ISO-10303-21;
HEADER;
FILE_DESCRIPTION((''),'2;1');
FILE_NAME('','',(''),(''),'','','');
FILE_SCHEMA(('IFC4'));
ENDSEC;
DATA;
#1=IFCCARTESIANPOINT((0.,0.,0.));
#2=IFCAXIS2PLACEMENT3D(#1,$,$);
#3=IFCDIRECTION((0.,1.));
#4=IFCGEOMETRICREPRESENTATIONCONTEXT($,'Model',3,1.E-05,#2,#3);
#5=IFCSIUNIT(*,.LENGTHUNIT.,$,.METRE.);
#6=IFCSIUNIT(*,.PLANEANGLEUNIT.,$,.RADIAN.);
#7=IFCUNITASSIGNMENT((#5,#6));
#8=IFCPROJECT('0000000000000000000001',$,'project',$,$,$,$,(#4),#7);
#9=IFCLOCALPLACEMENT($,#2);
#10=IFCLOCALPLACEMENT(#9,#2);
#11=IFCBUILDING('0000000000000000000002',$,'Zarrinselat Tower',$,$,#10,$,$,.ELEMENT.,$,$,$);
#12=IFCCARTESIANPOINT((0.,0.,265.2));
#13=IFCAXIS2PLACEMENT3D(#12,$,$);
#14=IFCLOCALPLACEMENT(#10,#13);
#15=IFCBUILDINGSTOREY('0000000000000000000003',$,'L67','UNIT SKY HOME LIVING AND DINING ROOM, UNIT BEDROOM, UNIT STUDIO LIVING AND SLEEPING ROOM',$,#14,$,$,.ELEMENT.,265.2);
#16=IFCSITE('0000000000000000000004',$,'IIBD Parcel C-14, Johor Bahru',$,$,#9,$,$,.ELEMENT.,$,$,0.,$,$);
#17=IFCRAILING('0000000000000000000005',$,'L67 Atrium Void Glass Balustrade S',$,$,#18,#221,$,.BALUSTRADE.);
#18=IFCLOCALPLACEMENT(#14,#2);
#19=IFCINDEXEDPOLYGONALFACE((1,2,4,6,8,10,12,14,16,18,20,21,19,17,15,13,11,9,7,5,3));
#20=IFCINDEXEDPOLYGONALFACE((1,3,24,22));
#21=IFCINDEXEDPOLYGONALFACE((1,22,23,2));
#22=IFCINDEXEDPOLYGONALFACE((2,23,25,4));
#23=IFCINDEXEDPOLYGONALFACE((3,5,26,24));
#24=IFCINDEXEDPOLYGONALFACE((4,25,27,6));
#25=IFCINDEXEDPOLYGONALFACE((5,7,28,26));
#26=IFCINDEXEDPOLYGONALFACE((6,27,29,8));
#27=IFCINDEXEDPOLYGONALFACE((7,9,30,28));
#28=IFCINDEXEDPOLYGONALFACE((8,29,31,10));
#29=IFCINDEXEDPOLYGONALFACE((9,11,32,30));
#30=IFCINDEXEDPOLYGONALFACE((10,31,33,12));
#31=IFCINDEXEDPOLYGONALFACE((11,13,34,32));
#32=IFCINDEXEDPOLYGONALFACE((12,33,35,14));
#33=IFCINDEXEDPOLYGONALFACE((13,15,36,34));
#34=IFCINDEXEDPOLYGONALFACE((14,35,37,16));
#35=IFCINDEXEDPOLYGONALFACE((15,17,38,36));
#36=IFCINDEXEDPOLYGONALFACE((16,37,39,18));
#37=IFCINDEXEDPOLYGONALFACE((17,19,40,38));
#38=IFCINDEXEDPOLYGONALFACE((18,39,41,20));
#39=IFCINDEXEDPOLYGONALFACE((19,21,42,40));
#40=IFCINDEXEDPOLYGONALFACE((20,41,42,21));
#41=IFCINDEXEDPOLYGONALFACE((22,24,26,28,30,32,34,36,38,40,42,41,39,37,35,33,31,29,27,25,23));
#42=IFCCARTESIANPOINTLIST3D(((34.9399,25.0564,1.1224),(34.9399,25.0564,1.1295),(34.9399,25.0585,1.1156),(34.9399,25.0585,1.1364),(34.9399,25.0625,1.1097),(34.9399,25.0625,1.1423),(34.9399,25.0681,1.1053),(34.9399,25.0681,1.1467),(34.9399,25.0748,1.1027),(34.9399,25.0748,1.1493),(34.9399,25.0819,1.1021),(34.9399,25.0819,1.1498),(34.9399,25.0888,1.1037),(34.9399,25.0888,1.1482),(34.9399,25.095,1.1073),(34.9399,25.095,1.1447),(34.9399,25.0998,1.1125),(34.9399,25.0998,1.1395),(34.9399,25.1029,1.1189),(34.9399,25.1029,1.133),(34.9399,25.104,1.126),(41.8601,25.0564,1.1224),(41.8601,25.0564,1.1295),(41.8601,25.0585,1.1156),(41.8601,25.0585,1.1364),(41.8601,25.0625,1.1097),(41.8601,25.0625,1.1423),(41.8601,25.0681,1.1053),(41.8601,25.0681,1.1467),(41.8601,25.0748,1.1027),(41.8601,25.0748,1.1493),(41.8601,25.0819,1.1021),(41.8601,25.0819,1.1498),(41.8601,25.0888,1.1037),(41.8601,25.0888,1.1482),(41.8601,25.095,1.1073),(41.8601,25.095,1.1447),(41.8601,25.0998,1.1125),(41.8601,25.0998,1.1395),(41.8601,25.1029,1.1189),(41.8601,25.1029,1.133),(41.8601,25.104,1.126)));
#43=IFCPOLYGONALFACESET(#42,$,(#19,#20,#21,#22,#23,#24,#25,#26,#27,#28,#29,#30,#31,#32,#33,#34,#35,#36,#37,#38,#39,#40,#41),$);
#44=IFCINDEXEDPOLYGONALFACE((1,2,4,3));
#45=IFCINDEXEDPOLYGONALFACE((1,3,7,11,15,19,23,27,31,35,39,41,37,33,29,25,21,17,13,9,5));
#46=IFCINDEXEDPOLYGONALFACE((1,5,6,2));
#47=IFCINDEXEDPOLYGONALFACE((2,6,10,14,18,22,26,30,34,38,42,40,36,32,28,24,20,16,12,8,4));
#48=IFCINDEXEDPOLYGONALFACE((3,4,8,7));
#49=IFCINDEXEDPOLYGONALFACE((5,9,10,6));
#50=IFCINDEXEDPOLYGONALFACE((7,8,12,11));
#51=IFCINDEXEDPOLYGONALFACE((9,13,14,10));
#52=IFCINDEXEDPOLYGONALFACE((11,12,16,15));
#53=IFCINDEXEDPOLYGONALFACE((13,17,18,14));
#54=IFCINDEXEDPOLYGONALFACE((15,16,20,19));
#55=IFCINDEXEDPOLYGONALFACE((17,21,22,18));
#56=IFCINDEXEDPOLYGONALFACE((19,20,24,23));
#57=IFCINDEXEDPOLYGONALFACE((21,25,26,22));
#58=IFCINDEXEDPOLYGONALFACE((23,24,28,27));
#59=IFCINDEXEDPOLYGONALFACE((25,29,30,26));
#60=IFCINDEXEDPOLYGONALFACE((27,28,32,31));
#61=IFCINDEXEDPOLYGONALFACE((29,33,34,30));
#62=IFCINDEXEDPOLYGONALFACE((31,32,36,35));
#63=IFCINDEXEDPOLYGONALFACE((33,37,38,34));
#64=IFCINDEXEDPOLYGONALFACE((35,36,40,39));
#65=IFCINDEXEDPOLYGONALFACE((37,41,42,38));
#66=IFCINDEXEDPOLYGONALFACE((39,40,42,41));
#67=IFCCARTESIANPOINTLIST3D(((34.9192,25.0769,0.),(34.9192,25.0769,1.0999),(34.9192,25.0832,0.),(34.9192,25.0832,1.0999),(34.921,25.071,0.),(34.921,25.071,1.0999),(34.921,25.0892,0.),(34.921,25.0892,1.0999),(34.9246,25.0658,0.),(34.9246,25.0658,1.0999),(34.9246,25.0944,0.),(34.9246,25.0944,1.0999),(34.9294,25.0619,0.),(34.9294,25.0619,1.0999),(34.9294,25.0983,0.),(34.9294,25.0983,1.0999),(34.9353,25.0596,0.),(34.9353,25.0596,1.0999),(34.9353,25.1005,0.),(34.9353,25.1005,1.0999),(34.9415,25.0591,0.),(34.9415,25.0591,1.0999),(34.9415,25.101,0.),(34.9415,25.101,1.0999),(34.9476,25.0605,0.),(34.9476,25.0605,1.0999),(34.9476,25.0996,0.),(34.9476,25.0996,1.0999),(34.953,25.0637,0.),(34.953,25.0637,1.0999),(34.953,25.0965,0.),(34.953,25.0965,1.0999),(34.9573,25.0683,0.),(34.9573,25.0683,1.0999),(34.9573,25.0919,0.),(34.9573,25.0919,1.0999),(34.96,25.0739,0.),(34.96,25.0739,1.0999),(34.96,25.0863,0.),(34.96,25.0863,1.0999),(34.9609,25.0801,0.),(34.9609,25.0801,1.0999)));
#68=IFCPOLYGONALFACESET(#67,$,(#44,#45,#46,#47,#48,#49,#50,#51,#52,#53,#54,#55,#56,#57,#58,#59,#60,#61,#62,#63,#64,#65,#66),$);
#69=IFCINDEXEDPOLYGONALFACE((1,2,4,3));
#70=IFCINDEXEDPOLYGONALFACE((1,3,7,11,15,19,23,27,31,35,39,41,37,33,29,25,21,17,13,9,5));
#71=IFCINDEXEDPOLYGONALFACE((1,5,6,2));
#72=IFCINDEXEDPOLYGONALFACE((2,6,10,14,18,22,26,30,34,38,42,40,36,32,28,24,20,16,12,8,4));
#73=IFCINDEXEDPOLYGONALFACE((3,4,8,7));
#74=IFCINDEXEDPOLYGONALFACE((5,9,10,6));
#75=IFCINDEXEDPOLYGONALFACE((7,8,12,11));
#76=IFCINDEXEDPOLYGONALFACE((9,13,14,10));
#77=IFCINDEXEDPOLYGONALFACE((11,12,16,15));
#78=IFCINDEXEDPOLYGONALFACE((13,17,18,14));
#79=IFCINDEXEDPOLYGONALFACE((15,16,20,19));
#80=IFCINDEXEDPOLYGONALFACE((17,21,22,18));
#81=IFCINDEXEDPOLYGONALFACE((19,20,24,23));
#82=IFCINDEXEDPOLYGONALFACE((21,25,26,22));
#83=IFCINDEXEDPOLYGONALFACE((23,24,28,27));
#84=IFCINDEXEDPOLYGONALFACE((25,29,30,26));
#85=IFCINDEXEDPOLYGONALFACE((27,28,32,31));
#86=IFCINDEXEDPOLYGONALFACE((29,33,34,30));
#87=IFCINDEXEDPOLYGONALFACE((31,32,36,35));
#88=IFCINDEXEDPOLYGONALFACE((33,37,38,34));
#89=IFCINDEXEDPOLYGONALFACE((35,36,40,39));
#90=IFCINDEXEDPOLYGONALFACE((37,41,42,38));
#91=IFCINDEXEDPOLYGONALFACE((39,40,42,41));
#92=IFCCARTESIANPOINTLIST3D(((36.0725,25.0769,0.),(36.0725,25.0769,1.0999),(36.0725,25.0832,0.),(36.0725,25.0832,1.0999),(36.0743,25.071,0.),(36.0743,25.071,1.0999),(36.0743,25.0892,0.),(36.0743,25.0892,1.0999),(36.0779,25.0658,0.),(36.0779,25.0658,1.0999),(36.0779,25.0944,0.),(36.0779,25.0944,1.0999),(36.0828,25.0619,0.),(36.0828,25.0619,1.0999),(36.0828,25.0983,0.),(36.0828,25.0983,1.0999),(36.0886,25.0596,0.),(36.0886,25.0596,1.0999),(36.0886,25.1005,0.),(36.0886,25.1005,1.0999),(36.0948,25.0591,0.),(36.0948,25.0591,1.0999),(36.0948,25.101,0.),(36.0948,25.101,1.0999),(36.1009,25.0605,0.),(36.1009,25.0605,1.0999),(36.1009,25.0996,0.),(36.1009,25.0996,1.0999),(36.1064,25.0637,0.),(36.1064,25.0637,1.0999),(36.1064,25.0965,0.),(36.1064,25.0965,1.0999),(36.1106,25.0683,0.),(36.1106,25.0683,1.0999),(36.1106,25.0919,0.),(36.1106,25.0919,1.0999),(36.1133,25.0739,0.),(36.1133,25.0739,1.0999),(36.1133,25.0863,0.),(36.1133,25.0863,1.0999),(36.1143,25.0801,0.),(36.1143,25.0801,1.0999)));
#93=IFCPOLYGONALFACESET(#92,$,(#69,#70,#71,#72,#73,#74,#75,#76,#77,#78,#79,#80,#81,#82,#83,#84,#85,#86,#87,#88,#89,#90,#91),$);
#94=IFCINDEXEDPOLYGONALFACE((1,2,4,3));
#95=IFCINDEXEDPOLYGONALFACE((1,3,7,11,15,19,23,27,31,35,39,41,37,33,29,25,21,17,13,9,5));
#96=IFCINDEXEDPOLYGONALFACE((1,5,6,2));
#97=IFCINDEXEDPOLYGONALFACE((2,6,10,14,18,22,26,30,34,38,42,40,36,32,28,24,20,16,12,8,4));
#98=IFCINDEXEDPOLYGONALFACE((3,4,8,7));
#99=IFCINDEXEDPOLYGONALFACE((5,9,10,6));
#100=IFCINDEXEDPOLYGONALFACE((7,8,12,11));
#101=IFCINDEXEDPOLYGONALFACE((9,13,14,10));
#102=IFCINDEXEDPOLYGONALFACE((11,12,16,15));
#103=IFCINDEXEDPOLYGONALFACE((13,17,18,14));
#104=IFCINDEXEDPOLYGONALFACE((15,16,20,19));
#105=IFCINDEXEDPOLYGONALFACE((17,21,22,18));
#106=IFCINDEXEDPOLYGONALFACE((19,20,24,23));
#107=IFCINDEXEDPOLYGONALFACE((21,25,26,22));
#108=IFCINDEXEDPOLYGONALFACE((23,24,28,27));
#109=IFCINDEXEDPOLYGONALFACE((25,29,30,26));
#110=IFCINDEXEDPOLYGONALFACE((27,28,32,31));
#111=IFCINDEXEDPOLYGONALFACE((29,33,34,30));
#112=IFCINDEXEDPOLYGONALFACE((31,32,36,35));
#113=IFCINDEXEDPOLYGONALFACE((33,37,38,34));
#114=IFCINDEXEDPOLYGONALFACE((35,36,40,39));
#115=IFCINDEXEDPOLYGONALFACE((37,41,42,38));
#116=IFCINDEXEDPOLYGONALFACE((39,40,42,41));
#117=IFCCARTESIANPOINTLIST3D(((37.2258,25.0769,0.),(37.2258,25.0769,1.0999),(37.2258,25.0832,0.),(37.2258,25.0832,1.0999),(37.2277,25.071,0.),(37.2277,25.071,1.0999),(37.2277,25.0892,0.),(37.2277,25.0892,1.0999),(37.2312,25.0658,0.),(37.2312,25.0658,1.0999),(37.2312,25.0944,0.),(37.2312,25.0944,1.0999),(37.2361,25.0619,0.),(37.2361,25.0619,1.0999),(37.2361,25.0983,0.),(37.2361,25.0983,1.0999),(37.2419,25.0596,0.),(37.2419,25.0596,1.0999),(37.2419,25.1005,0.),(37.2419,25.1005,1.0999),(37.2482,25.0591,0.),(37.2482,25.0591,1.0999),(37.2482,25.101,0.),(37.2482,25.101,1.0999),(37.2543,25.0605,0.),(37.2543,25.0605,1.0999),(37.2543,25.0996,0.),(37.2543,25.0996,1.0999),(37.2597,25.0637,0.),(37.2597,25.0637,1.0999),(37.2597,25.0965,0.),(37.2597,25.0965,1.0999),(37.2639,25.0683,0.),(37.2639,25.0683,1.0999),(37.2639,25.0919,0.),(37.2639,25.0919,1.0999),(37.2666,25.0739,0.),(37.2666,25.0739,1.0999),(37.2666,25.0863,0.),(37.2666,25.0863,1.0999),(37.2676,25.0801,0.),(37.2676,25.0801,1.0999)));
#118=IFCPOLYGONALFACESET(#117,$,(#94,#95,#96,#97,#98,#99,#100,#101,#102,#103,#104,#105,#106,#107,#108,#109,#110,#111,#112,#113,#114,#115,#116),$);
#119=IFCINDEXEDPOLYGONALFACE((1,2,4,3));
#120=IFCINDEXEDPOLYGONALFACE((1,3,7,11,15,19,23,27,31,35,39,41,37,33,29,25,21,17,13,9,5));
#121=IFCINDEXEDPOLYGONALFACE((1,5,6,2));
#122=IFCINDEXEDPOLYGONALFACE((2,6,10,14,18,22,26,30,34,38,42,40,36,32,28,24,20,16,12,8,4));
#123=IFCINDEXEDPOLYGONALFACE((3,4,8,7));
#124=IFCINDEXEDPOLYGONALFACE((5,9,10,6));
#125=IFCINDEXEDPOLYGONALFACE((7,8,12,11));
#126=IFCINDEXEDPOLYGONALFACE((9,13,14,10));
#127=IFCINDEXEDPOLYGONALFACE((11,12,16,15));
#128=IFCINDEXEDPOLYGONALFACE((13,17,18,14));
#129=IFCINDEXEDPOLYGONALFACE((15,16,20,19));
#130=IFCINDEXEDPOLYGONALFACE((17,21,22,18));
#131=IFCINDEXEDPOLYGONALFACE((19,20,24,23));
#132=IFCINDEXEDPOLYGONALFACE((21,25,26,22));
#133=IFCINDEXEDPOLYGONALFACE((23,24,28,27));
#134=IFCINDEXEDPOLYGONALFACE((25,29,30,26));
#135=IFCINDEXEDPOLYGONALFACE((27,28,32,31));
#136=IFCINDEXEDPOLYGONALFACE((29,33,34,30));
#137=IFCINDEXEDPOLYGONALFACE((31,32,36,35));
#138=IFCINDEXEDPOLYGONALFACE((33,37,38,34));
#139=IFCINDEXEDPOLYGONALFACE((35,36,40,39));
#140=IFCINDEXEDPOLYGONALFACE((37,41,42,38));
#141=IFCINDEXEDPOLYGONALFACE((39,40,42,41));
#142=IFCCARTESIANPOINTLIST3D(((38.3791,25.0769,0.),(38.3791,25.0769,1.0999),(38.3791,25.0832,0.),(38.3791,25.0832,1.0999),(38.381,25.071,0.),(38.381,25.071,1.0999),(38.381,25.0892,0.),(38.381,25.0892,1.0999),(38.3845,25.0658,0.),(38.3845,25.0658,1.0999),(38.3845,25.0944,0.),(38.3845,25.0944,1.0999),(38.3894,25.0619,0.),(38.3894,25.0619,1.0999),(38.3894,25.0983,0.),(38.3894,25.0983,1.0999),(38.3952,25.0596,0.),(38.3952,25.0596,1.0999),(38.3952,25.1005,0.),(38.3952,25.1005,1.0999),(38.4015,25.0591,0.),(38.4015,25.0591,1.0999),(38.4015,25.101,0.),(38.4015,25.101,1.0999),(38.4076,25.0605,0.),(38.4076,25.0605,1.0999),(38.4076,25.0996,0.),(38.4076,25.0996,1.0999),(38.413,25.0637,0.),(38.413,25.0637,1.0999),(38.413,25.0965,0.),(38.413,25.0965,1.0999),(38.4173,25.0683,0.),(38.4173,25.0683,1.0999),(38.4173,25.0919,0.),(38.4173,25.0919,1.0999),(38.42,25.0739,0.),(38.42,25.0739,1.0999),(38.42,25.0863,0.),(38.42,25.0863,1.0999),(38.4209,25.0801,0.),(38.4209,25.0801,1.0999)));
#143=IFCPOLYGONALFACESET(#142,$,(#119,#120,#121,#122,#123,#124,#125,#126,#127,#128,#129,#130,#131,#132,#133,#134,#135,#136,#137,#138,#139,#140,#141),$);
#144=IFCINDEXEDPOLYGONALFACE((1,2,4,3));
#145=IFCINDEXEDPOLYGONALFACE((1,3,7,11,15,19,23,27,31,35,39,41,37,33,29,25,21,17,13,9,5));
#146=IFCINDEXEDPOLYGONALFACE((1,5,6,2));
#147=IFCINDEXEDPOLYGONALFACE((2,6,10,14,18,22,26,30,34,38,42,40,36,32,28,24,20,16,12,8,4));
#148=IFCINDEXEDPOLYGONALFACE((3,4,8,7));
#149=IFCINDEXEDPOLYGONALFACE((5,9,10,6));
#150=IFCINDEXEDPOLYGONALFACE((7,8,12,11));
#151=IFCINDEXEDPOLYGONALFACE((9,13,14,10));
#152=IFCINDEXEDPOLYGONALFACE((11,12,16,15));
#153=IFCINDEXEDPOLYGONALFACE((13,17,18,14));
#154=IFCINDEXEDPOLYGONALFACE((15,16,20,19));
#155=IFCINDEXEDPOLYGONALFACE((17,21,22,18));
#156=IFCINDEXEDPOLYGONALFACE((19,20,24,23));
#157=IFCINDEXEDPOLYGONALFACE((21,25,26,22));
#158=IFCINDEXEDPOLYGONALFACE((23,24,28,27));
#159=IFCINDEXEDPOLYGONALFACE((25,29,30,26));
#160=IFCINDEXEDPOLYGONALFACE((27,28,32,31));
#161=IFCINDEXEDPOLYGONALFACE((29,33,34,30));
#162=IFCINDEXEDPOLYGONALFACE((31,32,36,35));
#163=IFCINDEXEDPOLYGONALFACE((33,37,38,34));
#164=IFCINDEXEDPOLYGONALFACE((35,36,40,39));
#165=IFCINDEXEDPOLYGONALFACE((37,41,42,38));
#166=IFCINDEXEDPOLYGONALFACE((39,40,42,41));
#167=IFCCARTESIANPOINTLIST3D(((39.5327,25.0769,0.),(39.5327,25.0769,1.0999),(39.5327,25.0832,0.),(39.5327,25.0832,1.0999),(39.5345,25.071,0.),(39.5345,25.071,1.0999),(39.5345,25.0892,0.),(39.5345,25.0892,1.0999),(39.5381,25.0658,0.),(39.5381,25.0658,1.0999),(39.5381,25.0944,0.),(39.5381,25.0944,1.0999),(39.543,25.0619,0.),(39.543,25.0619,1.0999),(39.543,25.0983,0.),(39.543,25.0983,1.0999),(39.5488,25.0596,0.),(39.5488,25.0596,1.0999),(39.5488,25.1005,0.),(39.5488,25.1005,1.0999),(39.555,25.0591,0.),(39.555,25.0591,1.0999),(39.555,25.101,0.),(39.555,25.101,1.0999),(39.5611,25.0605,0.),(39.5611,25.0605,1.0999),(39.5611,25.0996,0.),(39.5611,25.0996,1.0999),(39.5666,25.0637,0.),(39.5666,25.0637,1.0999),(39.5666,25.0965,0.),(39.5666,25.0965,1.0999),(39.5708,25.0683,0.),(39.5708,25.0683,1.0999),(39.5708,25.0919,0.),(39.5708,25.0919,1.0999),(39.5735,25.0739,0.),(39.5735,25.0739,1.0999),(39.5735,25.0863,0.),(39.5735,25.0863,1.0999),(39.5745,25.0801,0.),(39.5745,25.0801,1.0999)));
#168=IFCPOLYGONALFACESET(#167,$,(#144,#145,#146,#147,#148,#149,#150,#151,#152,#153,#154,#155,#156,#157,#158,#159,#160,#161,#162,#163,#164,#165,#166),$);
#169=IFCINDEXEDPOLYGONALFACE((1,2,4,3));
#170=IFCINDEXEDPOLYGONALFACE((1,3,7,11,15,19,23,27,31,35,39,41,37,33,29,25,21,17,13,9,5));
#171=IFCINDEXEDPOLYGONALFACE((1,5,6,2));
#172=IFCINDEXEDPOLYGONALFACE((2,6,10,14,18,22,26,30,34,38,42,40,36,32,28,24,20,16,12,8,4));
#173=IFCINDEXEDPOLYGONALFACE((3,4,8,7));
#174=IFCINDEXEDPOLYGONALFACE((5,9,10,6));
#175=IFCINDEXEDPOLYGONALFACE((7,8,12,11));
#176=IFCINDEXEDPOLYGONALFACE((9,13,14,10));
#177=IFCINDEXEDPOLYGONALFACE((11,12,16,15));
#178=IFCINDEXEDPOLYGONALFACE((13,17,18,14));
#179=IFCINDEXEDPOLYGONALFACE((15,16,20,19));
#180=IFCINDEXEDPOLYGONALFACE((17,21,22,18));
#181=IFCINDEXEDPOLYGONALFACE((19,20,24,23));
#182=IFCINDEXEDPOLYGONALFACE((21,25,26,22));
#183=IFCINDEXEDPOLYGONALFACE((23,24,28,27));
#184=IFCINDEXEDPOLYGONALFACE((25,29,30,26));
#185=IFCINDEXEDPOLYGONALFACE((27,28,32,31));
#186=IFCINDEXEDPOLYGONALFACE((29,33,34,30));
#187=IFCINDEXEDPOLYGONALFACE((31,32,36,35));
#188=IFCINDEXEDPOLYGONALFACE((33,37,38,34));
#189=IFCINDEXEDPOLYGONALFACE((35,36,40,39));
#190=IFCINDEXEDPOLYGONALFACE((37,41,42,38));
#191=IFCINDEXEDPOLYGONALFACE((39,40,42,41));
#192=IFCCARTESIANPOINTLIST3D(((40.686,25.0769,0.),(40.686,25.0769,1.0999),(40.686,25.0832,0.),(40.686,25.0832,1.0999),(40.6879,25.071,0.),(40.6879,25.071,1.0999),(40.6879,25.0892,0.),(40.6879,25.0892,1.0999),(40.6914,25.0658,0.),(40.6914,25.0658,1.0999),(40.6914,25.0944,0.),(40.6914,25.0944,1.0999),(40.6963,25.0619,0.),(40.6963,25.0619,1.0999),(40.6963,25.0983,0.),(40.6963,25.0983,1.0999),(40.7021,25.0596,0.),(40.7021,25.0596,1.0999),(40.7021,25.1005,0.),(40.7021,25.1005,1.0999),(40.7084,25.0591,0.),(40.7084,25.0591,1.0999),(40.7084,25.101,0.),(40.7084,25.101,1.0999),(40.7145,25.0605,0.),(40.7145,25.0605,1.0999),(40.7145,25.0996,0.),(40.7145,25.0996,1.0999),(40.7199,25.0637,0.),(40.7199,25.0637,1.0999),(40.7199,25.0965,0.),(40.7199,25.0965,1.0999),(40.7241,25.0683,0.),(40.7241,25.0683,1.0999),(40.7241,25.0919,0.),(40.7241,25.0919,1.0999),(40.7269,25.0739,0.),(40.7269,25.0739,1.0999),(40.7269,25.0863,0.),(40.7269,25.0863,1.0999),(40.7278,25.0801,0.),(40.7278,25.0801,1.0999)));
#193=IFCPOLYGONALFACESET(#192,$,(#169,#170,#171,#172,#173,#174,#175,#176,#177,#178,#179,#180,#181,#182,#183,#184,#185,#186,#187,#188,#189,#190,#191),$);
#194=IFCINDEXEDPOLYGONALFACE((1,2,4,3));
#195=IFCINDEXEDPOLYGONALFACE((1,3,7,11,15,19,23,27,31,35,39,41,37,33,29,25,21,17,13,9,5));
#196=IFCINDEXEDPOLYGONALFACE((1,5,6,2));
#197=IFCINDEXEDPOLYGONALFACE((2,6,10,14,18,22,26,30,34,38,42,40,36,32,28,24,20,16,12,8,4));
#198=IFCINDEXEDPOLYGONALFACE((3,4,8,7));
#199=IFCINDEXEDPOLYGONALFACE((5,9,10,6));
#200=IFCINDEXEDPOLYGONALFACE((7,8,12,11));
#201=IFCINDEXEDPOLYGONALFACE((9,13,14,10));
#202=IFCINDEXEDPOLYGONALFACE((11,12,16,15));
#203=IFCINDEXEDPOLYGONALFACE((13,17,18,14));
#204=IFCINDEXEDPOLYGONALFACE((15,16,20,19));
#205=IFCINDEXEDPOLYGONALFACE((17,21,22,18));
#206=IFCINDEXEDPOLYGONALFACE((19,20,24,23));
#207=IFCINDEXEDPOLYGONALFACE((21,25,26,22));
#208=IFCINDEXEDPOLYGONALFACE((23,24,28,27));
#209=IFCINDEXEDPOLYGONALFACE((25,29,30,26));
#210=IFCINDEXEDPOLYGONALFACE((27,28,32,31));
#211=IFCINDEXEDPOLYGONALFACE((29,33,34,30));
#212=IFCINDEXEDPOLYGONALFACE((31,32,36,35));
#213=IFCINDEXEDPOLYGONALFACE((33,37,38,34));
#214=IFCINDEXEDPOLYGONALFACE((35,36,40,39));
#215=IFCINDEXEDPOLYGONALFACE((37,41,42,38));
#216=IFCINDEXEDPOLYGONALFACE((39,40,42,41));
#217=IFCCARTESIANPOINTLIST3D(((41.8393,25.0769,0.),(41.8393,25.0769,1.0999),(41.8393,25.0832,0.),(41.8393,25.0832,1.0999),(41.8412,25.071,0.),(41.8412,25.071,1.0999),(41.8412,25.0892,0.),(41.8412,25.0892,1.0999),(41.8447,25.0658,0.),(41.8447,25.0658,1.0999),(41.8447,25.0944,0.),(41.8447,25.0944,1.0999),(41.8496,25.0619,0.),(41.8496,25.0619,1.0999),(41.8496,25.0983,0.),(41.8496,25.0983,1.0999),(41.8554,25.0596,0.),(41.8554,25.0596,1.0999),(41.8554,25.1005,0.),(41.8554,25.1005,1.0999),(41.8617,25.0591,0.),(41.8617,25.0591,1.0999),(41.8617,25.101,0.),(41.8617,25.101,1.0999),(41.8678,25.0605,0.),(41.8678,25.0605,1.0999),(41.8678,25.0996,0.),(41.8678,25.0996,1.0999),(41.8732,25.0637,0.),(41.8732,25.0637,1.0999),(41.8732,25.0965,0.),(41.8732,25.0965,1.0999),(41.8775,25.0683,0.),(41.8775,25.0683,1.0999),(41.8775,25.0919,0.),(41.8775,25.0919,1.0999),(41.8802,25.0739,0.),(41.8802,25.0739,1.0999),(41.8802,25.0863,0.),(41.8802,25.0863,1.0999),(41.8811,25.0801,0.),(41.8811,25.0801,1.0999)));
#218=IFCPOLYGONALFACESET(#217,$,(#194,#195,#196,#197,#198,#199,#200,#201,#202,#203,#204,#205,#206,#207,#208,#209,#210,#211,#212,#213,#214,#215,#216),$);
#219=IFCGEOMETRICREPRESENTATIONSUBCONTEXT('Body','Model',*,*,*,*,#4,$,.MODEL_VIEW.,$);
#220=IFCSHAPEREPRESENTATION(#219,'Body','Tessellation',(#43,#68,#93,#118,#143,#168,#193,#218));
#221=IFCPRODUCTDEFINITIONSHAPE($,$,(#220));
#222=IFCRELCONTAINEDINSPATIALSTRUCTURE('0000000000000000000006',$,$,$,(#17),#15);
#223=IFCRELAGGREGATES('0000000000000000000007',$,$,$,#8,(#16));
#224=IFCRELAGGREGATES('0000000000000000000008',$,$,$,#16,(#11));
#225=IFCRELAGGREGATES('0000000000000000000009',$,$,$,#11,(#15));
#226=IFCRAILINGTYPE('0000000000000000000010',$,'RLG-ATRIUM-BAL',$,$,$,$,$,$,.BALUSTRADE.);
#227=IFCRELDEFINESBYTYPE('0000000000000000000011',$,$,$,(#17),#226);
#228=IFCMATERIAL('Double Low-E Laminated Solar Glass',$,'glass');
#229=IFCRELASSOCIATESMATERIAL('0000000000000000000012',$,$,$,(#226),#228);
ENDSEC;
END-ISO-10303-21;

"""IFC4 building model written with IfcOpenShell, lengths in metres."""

from ifc_helpers import new_model, si_unit, direction, frame, origin, origin_2d, place, context, subcontext, project, spatial, circle, extrude, material, type_object, element, save


model = new_model("IFC4")

# Units and contexts
model_context = context("Model", 3, precision=1e-05, world=origin(), true_north=direction((0.0, 1.0)))
body_context = subcontext(model_context, "Body", "Model", "MODEL_VIEW")
ifc_project = project(units=[si_unit("LENGTHUNIT", "METRE"), si_unit("PLANEANGLEUNIT", "RADIAN")], contexts=[model_context])

# Site, building, storey
site_placement = place(None, origin())
site = spatial("IfcSite", under=ifc_project, at=site_placement, Name="IIBD Parcel C-14, Johor Bahru", CompositionType="ELEMENT", RefElevation=0.0)
building_placement = place(site_placement, origin())
building = spatial("IfcBuilding", under=site, at=building_placement, Name="Zarrinselat Tower", CompositionType="ELEMENT")
storey_placement = place(building_placement, frame((0.0, 0.0, 265.2)))
storey = spatial("IfcBuildingStorey", under=building, at=storey_placement, Name="L67", Description="UNIT SKY HOME LIVING AND DINING ROOM, UNIT BEDROOM, UNIT STUDIO LIVING AND SLEEPING ROOM", CompositionType="ELEMENT", Elevation=265.2)

# Railing
ifc_material_1 = material(Name="Double Low-E Laminated Solar Glass", Category="glass")
railing_type = type_object("IfcRailingType", Name="RLG-ATRIUM-BAL", PredefinedType="BALUSTRADE", material=ifc_material_1)
railing_1_placement = place(storey_placement, frame((34.9399, 25.0801, 0.0)))
element("IfcRailing", 1, at=railing_1_placement, inside=storey, type_object=railing_type, Name="L67 Atrium Void Glass Balustrade S", PredefinedType="BALUSTRADE", context=body_context, shape_type="SweptSolid", body=[
    extrude(circle(Radius=0.0239, at=origin_2d()), frame((0.0, 0.0, 1.126), z_axis=(1.0, 0.0, 0.0), x_axis=(0.0, 1.0, 0.0)), (0.0, 0.0, 1.0), 6.9202),
    extrude(circle(Radius=0.021, at=origin_2d()), origin(), (0.0, 0.0, 1.0), 1.0999),
    extrude(circle(Radius=0.021, at=origin_2d()), frame((1.1533, 0.0, 0.0)), (0.0, 0.0, 1.0), 1.0999),
    extrude(circle(Radius=0.021, at=origin_2d()), frame((2.3066, 0.0, 0.0)), (0.0, 0.0, 1.0), 1.0999),
    extrude(circle(Radius=0.021, at=origin_2d()), frame((3.46, 0.0, 0.0)), (0.0, 0.0, 1.0), 1.0999),
    extrude(circle(Radius=0.021, at=origin_2d()), frame((4.6135, 0.0, 0.0)), (0.0, 0.0, 1.0), 1.0999),
    extrude(circle(Radius=0.021, at=origin_2d()), frame((5.7668, 0.0, 0.0)), (0.0, 0.0, 1.0), 1.0999),
    extrude(circle(Radius=0.021, at=origin_2d()), frame((6.9202, 0.0, 0.0)), (0.0, 0.0, 1.0), 1.0999),
])

save(model, "model.ifc")
